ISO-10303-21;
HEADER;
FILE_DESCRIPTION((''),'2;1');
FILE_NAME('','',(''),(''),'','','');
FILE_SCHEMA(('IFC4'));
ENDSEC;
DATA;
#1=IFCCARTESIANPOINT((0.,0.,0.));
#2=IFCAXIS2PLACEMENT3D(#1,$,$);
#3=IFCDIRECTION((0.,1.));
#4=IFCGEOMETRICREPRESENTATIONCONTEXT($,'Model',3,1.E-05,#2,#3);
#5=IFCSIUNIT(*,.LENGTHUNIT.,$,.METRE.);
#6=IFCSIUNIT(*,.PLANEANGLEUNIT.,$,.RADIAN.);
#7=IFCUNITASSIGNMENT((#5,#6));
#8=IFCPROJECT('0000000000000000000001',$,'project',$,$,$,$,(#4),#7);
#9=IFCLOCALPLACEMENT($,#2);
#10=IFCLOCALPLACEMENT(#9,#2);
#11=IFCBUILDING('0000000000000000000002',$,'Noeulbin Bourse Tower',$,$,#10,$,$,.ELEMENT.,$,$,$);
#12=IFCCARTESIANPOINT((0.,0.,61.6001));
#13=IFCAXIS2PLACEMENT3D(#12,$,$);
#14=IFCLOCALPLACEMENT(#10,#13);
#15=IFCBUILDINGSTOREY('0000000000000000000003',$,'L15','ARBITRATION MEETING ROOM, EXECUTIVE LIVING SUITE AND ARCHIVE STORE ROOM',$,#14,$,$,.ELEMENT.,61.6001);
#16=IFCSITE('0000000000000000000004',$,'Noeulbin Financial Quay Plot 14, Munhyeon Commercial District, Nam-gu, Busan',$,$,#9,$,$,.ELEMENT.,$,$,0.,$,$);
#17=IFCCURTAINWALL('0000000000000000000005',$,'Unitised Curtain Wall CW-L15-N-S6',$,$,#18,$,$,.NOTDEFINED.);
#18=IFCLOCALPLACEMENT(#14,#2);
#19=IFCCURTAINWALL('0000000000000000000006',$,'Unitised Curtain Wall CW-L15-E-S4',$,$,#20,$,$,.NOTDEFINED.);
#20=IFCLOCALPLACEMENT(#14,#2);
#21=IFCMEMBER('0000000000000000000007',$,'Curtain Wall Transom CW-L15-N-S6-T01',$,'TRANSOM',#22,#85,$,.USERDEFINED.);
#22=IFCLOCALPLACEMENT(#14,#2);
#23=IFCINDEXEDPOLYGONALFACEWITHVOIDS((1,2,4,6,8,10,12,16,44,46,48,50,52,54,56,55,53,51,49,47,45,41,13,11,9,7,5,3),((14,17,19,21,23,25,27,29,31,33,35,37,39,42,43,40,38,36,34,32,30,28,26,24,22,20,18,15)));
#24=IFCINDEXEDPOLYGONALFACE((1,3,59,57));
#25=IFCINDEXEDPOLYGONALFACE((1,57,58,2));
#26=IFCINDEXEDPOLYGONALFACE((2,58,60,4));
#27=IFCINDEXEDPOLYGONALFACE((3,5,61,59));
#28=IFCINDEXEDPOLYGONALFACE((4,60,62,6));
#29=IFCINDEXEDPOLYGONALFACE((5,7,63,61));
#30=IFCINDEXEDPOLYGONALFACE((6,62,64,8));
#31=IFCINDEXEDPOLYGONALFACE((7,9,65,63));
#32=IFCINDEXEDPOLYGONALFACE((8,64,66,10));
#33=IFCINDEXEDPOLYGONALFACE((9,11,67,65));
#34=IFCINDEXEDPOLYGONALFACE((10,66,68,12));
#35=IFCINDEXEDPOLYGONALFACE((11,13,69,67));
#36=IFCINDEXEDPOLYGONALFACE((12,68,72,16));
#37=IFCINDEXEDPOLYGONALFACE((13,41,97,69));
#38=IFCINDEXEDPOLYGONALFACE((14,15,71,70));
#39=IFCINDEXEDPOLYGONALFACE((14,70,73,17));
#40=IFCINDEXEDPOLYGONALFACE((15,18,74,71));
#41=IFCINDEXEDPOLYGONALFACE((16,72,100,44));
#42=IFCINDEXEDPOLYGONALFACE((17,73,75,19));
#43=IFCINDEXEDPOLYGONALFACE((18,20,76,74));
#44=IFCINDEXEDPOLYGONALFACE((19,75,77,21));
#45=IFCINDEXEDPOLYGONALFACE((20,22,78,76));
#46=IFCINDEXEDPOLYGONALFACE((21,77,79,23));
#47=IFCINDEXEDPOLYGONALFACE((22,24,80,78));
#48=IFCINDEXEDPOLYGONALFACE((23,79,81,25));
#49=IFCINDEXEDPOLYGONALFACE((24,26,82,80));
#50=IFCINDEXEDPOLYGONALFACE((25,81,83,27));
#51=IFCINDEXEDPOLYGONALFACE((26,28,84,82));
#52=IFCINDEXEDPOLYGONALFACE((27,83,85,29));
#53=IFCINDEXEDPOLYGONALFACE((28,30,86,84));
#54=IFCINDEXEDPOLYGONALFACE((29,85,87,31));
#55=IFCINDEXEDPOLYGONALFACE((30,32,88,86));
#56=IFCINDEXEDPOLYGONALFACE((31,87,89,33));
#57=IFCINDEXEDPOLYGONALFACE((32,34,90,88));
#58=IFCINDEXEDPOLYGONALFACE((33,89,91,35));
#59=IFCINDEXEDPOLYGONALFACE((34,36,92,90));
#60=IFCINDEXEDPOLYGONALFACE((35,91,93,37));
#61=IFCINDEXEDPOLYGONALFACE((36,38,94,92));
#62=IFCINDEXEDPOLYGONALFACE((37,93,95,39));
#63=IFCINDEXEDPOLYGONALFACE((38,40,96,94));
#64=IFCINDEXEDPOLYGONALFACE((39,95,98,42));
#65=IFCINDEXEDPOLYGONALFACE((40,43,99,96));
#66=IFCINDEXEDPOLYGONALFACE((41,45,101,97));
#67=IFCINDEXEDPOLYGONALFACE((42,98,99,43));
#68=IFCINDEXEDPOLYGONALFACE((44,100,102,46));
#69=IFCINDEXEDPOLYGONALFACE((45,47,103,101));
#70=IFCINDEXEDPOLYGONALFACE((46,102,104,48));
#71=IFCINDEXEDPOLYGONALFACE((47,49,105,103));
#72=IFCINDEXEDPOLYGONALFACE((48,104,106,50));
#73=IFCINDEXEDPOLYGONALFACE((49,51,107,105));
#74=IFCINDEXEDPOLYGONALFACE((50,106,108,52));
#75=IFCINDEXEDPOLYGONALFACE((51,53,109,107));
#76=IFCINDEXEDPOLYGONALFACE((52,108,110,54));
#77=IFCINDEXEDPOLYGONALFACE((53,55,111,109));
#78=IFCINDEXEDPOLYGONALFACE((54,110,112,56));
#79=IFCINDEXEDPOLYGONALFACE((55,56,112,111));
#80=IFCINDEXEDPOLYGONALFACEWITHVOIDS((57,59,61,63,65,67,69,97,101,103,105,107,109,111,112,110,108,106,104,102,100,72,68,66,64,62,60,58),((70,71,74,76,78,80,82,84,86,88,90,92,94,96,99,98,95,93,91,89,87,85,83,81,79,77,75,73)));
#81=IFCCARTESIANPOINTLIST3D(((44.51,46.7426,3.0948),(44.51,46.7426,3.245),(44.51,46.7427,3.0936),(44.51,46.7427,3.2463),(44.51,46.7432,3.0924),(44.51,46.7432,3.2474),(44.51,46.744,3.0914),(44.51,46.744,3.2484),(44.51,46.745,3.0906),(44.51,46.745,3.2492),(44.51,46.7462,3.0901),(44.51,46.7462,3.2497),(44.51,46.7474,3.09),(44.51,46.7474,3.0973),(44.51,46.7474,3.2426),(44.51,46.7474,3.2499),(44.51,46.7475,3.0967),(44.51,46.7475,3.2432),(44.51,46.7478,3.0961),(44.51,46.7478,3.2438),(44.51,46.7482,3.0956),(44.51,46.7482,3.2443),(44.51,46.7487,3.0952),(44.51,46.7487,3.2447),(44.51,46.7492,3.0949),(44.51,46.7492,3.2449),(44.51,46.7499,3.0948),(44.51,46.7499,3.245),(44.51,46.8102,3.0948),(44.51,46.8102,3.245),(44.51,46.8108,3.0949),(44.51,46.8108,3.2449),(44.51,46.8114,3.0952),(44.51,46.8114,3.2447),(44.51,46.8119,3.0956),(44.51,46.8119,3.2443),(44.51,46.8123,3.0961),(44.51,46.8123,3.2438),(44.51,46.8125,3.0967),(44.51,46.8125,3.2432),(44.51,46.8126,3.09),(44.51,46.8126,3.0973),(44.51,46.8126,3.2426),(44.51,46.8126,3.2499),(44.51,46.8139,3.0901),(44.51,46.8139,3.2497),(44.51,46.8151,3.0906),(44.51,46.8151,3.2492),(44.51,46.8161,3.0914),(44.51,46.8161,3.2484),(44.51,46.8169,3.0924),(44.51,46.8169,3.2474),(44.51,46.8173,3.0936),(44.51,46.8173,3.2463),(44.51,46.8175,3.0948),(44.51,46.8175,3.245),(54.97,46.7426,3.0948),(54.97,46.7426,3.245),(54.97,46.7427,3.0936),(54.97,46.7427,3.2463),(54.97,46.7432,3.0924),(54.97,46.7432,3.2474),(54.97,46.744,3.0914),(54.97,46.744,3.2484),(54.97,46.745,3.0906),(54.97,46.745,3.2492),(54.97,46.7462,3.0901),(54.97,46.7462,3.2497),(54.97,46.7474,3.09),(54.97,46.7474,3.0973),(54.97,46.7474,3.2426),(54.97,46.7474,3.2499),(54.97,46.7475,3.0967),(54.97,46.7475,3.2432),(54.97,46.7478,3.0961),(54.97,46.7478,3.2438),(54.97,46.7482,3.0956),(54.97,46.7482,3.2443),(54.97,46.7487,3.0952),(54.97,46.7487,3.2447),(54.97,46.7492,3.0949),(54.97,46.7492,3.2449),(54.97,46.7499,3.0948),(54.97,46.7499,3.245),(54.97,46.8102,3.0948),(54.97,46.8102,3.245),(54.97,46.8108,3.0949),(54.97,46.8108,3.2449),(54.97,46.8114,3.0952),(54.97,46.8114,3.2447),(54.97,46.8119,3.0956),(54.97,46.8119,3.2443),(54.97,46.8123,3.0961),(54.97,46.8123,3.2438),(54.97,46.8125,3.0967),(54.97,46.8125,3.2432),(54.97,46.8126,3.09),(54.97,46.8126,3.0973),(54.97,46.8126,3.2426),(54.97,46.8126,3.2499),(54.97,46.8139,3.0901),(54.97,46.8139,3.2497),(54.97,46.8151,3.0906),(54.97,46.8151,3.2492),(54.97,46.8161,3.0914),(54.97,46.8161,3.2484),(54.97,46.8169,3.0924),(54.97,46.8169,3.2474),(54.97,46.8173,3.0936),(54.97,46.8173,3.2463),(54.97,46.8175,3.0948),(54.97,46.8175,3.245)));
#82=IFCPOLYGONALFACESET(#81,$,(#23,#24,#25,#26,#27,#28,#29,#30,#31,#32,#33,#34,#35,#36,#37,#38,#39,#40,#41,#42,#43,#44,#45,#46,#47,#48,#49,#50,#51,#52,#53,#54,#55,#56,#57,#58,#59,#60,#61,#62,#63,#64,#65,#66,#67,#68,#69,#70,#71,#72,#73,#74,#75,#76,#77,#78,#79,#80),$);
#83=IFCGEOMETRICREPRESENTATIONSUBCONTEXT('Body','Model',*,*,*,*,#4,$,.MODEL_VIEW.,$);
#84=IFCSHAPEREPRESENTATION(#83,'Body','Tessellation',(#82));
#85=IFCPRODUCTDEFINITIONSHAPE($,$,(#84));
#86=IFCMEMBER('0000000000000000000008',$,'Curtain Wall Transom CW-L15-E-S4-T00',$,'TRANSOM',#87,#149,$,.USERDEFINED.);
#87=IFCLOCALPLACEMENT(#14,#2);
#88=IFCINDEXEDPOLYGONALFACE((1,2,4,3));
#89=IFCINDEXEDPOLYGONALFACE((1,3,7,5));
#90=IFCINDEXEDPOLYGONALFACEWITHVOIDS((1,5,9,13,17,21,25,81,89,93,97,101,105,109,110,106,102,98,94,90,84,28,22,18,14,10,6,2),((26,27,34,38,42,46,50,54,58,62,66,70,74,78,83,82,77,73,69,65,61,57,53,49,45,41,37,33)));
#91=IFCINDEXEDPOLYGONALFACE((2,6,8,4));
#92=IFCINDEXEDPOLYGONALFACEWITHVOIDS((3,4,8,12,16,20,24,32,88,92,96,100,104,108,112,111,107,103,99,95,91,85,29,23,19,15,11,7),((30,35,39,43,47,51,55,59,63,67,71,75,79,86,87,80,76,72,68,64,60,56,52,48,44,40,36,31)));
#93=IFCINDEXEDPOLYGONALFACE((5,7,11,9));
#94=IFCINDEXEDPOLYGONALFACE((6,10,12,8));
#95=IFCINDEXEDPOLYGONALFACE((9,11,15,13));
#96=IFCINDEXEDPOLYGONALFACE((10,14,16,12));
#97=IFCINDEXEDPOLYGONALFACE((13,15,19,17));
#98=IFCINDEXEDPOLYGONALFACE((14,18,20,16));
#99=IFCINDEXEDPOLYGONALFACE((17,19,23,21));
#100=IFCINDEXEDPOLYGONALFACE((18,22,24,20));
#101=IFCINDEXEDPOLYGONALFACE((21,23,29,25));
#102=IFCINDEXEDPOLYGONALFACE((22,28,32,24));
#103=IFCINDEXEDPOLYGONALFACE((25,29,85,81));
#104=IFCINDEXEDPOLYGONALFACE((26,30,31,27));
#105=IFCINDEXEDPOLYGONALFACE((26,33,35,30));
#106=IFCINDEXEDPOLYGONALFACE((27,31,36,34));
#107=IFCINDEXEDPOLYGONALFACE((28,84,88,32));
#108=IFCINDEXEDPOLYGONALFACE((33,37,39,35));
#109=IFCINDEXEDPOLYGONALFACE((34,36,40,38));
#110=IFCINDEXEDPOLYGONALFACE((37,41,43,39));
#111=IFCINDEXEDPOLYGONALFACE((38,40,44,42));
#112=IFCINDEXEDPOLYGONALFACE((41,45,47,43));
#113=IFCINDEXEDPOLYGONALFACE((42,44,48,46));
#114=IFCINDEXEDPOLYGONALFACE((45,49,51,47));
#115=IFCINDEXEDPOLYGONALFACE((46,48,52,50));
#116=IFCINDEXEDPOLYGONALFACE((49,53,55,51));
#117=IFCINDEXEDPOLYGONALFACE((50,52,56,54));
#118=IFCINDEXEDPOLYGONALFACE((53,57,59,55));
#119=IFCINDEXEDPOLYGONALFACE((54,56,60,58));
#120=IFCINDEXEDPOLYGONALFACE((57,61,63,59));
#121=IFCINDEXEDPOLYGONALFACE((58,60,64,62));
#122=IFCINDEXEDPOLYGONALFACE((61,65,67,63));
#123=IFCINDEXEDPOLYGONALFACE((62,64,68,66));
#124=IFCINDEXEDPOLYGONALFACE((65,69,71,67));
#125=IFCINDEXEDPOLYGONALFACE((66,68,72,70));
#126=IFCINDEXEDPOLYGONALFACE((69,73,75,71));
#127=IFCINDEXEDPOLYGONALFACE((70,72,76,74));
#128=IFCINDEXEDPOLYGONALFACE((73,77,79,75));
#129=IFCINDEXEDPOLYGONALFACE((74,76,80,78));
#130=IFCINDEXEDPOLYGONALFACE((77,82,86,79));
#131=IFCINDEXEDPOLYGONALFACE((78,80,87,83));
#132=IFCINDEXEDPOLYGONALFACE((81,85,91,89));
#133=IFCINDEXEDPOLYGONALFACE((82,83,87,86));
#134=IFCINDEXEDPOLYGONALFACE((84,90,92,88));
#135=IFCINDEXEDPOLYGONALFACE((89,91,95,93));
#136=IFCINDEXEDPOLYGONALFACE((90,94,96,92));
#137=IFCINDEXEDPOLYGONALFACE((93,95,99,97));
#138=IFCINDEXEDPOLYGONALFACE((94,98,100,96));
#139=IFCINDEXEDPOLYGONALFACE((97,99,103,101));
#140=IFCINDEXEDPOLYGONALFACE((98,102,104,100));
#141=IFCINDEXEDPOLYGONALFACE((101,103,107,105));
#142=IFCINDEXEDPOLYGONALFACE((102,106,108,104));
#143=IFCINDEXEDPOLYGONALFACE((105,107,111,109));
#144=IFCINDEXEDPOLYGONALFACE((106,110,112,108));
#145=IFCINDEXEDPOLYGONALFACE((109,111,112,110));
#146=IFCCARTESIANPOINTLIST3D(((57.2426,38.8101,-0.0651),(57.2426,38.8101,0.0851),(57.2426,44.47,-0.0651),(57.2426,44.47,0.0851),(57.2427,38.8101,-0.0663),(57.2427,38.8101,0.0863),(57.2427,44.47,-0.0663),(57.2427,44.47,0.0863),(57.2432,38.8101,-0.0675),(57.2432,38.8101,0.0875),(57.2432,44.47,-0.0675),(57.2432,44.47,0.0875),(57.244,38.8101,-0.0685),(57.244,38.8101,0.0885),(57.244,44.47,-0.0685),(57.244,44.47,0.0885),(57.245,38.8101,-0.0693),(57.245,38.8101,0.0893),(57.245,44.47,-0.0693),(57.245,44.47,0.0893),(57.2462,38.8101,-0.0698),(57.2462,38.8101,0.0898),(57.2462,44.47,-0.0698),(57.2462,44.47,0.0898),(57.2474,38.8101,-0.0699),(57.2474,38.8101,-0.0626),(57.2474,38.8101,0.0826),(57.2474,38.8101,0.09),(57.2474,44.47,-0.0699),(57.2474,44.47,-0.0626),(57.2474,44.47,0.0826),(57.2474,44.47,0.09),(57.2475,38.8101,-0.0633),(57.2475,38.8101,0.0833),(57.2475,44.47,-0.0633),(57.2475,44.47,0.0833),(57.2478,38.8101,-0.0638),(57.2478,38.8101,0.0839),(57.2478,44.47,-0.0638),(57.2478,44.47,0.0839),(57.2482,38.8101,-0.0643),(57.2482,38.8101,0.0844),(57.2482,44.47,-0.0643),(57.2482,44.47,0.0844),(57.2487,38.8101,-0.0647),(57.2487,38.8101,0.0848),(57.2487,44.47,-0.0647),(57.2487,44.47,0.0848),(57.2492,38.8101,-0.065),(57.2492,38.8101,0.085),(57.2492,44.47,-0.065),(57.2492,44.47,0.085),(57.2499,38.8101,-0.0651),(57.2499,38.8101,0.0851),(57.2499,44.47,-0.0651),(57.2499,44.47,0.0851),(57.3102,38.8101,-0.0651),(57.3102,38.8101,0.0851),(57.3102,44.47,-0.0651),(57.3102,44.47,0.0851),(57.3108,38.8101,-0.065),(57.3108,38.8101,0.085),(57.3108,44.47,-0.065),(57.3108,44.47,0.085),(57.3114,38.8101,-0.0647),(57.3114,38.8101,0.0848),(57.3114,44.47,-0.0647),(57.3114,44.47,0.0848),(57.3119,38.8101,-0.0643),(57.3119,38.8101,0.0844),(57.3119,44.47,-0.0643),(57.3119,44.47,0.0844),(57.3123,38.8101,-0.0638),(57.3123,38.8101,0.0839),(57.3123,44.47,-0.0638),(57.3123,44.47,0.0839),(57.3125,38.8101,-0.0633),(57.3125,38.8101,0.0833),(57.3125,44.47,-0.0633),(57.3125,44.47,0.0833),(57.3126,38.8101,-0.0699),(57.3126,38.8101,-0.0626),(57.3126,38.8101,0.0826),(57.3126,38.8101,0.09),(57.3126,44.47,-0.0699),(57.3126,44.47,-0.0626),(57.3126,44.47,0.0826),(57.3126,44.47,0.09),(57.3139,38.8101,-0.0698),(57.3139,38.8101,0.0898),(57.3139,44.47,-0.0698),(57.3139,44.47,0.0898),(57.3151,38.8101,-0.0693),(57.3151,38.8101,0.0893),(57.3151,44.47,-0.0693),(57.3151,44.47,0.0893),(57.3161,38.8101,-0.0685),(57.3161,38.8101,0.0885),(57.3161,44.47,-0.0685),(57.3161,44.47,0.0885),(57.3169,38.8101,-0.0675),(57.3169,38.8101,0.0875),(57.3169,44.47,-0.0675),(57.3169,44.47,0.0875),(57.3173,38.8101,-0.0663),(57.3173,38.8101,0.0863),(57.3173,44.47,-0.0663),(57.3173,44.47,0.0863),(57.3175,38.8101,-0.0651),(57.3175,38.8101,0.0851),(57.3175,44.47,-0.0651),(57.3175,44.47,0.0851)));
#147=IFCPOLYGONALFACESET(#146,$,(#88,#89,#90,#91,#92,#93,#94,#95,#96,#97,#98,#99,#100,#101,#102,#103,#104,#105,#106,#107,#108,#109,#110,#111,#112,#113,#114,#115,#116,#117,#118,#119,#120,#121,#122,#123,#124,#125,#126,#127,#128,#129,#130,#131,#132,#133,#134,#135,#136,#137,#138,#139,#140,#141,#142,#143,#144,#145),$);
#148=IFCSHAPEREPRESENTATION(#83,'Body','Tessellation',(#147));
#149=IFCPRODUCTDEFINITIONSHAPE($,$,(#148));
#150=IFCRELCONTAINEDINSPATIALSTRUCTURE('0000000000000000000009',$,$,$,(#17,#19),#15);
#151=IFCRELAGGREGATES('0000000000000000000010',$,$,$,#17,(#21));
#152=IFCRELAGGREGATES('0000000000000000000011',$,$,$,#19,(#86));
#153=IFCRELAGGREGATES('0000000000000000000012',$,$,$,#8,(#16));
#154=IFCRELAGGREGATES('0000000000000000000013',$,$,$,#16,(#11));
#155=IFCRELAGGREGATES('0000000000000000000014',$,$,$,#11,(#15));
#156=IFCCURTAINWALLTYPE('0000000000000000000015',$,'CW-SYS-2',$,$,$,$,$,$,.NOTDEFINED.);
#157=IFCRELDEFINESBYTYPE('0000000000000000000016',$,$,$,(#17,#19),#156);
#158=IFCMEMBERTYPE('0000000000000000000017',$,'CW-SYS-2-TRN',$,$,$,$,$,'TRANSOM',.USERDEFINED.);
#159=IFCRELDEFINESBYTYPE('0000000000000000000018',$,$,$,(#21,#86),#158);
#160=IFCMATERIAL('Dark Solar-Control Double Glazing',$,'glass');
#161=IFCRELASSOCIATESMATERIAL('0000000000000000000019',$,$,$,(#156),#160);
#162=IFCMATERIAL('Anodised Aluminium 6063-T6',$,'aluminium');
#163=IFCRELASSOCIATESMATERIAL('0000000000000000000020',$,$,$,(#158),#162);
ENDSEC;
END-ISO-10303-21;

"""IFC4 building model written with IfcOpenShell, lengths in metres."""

from ifc_helpers import new_model, si_unit, direction, frame, origin, origin_2d, place, context, subcontext, project, spatial, hollow_rectangle, extrude, material, material_profile, profile_set, type_object, element, aggregate, save


model = new_model("IFC4")

# Units and contexts
model_context = context("Model", 3, precision=1e-05, world=origin(), true_north=direction((0.0, 1.0)))
body_context = subcontext(model_context, "Body", "Model", "MODEL_VIEW")
ifc_project = project(units=[si_unit("LENGTHUNIT", "METRE"), si_unit("PLANEANGLEUNIT", "RADIAN")], contexts=[model_context])

# Site, building, storey
site_placement = place(None, origin())
site = spatial("IfcSite", under=ifc_project, at=site_placement, Name="Noeulbin Financial Quay Plot 14, Munhyeon Commercial District, Nam-gu, Busan", CompositionType="ELEMENT", RefElevation=0.0)
building_placement = place(site_placement, origin())
building = spatial("IfcBuilding", under=site, at=building_placement, Name="Noeulbin Bourse Tower", CompositionType="ELEMENT")
storey_placement = place(building_placement, frame((0.0, 0.0, 61.6001)))
storey = spatial("IfcBuildingStorey", under=building, at=storey_placement, Name="L15", Description="ARBITRATION MEETING ROOM, EXECUTIVE LIVING SUITE AND ARCHIVE STORE ROOM", CompositionType="ELEMENT", Elevation=61.6001)

# Shared definitions
ifc_material_1 = material(Name="Dark Solar-Control Double Glazing", Category="glass")
curtain_wall_type = type_object("IfcCurtainWallType", Name="CW-SYS-2", PredefinedType="NOTDEFINED", material=ifc_material_1)
ifc_material_2 = material(Name="Anodised Aluminium 6063-T6", Category="aluminium")

# Curtain walls
curtain_wall_1_placement = place(storey_placement, origin())
curtain_wall_1 = element("IfcCurtainWall", 1, at=curtain_wall_1_placement, inside=storey, type_object=curtain_wall_type, Name="Unitised Curtain Wall CW-L15-N-S6", PredefinedType="NOTDEFINED")
curtain_wall_2_placement = place(storey_placement, origin())
curtain_wall_2 = element("IfcCurtainWall", 2, at=curtain_wall_2_placement, inside=storey, type_object=curtain_wall_type, Name="Unitised Curtain Wall CW-L15-E-S4", PredefinedType="NOTDEFINED")

# Members
ifc_material_profile_1 = material_profile(ifc_material_2, hollow_rectangle(XDim=0.075, YDim=0.1599, WallThickness=0.0049, InnerFilletRadius=0.0024, OuterFilletRadius=0.0049, at=origin_2d()), Name="ALU-TRAN-75x160x5", Category="LoadBearing")
ifc_profile_set_1 = profile_set([ifc_material_profile_1], Name="Anodised Aluminium 6063-T6")
member_type_1 = type_object("IfcMemberType", Name="CW-SYS-2-TRN", ElementType="TRANSOM", PredefinedType="USERDEFINED", material=ifc_profile_set_1)
member_1_placement = place(storey_placement, frame((44.51, 46.78, 3.1699), z_axis=(1.0, 0.0, 0.0), x_axis=(0.0, 1.0, 0.0)))
member_1 = element("IfcMember", 3, at=member_1_placement, type_object=member_type_1, Name="Curtain Wall Transom CW-L15-N-S6-T01", ObjectType="TRANSOM", PredefinedType="USERDEFINED", context=body_context, shape_type="SweptSolid", body=[
    extrude(hollow_rectangle(XDim=0.075, YDim=0.1599, WallThickness=0.0049, InnerFilletRadius=0.0024, OuterFilletRadius=0.0049, at=origin_2d()), origin(), (0.0, 0.0, 1.0), 10.46),
])
member_2_placement = place(storey_placement, frame((57.28, 38.8101, 0.01), z_axis=(0.0, 1.0, 0.0), x_axis=(-1.0, 0.0, 0.0)))
member_2 = element("IfcMember", 4, at=member_2_placement, type_object=member_type_1, Name="Curtain Wall Transom CW-L15-E-S4-T00", ObjectType="TRANSOM", PredefinedType="USERDEFINED", context=body_context, shape_type="SweptSolid", body=[
    extrude(hollow_rectangle(XDim=0.075, YDim=0.1599, WallThickness=0.0049, InnerFilletRadius=0.0024, OuterFilletRadius=0.0049, at=origin_2d()), origin(), (0.0, 0.0, 1.0), 5.6599),
])

aggregate(curtain_wall_1, [member_1])
aggregate(curtain_wall_2, [member_2])

save(model, "model.ifc")
